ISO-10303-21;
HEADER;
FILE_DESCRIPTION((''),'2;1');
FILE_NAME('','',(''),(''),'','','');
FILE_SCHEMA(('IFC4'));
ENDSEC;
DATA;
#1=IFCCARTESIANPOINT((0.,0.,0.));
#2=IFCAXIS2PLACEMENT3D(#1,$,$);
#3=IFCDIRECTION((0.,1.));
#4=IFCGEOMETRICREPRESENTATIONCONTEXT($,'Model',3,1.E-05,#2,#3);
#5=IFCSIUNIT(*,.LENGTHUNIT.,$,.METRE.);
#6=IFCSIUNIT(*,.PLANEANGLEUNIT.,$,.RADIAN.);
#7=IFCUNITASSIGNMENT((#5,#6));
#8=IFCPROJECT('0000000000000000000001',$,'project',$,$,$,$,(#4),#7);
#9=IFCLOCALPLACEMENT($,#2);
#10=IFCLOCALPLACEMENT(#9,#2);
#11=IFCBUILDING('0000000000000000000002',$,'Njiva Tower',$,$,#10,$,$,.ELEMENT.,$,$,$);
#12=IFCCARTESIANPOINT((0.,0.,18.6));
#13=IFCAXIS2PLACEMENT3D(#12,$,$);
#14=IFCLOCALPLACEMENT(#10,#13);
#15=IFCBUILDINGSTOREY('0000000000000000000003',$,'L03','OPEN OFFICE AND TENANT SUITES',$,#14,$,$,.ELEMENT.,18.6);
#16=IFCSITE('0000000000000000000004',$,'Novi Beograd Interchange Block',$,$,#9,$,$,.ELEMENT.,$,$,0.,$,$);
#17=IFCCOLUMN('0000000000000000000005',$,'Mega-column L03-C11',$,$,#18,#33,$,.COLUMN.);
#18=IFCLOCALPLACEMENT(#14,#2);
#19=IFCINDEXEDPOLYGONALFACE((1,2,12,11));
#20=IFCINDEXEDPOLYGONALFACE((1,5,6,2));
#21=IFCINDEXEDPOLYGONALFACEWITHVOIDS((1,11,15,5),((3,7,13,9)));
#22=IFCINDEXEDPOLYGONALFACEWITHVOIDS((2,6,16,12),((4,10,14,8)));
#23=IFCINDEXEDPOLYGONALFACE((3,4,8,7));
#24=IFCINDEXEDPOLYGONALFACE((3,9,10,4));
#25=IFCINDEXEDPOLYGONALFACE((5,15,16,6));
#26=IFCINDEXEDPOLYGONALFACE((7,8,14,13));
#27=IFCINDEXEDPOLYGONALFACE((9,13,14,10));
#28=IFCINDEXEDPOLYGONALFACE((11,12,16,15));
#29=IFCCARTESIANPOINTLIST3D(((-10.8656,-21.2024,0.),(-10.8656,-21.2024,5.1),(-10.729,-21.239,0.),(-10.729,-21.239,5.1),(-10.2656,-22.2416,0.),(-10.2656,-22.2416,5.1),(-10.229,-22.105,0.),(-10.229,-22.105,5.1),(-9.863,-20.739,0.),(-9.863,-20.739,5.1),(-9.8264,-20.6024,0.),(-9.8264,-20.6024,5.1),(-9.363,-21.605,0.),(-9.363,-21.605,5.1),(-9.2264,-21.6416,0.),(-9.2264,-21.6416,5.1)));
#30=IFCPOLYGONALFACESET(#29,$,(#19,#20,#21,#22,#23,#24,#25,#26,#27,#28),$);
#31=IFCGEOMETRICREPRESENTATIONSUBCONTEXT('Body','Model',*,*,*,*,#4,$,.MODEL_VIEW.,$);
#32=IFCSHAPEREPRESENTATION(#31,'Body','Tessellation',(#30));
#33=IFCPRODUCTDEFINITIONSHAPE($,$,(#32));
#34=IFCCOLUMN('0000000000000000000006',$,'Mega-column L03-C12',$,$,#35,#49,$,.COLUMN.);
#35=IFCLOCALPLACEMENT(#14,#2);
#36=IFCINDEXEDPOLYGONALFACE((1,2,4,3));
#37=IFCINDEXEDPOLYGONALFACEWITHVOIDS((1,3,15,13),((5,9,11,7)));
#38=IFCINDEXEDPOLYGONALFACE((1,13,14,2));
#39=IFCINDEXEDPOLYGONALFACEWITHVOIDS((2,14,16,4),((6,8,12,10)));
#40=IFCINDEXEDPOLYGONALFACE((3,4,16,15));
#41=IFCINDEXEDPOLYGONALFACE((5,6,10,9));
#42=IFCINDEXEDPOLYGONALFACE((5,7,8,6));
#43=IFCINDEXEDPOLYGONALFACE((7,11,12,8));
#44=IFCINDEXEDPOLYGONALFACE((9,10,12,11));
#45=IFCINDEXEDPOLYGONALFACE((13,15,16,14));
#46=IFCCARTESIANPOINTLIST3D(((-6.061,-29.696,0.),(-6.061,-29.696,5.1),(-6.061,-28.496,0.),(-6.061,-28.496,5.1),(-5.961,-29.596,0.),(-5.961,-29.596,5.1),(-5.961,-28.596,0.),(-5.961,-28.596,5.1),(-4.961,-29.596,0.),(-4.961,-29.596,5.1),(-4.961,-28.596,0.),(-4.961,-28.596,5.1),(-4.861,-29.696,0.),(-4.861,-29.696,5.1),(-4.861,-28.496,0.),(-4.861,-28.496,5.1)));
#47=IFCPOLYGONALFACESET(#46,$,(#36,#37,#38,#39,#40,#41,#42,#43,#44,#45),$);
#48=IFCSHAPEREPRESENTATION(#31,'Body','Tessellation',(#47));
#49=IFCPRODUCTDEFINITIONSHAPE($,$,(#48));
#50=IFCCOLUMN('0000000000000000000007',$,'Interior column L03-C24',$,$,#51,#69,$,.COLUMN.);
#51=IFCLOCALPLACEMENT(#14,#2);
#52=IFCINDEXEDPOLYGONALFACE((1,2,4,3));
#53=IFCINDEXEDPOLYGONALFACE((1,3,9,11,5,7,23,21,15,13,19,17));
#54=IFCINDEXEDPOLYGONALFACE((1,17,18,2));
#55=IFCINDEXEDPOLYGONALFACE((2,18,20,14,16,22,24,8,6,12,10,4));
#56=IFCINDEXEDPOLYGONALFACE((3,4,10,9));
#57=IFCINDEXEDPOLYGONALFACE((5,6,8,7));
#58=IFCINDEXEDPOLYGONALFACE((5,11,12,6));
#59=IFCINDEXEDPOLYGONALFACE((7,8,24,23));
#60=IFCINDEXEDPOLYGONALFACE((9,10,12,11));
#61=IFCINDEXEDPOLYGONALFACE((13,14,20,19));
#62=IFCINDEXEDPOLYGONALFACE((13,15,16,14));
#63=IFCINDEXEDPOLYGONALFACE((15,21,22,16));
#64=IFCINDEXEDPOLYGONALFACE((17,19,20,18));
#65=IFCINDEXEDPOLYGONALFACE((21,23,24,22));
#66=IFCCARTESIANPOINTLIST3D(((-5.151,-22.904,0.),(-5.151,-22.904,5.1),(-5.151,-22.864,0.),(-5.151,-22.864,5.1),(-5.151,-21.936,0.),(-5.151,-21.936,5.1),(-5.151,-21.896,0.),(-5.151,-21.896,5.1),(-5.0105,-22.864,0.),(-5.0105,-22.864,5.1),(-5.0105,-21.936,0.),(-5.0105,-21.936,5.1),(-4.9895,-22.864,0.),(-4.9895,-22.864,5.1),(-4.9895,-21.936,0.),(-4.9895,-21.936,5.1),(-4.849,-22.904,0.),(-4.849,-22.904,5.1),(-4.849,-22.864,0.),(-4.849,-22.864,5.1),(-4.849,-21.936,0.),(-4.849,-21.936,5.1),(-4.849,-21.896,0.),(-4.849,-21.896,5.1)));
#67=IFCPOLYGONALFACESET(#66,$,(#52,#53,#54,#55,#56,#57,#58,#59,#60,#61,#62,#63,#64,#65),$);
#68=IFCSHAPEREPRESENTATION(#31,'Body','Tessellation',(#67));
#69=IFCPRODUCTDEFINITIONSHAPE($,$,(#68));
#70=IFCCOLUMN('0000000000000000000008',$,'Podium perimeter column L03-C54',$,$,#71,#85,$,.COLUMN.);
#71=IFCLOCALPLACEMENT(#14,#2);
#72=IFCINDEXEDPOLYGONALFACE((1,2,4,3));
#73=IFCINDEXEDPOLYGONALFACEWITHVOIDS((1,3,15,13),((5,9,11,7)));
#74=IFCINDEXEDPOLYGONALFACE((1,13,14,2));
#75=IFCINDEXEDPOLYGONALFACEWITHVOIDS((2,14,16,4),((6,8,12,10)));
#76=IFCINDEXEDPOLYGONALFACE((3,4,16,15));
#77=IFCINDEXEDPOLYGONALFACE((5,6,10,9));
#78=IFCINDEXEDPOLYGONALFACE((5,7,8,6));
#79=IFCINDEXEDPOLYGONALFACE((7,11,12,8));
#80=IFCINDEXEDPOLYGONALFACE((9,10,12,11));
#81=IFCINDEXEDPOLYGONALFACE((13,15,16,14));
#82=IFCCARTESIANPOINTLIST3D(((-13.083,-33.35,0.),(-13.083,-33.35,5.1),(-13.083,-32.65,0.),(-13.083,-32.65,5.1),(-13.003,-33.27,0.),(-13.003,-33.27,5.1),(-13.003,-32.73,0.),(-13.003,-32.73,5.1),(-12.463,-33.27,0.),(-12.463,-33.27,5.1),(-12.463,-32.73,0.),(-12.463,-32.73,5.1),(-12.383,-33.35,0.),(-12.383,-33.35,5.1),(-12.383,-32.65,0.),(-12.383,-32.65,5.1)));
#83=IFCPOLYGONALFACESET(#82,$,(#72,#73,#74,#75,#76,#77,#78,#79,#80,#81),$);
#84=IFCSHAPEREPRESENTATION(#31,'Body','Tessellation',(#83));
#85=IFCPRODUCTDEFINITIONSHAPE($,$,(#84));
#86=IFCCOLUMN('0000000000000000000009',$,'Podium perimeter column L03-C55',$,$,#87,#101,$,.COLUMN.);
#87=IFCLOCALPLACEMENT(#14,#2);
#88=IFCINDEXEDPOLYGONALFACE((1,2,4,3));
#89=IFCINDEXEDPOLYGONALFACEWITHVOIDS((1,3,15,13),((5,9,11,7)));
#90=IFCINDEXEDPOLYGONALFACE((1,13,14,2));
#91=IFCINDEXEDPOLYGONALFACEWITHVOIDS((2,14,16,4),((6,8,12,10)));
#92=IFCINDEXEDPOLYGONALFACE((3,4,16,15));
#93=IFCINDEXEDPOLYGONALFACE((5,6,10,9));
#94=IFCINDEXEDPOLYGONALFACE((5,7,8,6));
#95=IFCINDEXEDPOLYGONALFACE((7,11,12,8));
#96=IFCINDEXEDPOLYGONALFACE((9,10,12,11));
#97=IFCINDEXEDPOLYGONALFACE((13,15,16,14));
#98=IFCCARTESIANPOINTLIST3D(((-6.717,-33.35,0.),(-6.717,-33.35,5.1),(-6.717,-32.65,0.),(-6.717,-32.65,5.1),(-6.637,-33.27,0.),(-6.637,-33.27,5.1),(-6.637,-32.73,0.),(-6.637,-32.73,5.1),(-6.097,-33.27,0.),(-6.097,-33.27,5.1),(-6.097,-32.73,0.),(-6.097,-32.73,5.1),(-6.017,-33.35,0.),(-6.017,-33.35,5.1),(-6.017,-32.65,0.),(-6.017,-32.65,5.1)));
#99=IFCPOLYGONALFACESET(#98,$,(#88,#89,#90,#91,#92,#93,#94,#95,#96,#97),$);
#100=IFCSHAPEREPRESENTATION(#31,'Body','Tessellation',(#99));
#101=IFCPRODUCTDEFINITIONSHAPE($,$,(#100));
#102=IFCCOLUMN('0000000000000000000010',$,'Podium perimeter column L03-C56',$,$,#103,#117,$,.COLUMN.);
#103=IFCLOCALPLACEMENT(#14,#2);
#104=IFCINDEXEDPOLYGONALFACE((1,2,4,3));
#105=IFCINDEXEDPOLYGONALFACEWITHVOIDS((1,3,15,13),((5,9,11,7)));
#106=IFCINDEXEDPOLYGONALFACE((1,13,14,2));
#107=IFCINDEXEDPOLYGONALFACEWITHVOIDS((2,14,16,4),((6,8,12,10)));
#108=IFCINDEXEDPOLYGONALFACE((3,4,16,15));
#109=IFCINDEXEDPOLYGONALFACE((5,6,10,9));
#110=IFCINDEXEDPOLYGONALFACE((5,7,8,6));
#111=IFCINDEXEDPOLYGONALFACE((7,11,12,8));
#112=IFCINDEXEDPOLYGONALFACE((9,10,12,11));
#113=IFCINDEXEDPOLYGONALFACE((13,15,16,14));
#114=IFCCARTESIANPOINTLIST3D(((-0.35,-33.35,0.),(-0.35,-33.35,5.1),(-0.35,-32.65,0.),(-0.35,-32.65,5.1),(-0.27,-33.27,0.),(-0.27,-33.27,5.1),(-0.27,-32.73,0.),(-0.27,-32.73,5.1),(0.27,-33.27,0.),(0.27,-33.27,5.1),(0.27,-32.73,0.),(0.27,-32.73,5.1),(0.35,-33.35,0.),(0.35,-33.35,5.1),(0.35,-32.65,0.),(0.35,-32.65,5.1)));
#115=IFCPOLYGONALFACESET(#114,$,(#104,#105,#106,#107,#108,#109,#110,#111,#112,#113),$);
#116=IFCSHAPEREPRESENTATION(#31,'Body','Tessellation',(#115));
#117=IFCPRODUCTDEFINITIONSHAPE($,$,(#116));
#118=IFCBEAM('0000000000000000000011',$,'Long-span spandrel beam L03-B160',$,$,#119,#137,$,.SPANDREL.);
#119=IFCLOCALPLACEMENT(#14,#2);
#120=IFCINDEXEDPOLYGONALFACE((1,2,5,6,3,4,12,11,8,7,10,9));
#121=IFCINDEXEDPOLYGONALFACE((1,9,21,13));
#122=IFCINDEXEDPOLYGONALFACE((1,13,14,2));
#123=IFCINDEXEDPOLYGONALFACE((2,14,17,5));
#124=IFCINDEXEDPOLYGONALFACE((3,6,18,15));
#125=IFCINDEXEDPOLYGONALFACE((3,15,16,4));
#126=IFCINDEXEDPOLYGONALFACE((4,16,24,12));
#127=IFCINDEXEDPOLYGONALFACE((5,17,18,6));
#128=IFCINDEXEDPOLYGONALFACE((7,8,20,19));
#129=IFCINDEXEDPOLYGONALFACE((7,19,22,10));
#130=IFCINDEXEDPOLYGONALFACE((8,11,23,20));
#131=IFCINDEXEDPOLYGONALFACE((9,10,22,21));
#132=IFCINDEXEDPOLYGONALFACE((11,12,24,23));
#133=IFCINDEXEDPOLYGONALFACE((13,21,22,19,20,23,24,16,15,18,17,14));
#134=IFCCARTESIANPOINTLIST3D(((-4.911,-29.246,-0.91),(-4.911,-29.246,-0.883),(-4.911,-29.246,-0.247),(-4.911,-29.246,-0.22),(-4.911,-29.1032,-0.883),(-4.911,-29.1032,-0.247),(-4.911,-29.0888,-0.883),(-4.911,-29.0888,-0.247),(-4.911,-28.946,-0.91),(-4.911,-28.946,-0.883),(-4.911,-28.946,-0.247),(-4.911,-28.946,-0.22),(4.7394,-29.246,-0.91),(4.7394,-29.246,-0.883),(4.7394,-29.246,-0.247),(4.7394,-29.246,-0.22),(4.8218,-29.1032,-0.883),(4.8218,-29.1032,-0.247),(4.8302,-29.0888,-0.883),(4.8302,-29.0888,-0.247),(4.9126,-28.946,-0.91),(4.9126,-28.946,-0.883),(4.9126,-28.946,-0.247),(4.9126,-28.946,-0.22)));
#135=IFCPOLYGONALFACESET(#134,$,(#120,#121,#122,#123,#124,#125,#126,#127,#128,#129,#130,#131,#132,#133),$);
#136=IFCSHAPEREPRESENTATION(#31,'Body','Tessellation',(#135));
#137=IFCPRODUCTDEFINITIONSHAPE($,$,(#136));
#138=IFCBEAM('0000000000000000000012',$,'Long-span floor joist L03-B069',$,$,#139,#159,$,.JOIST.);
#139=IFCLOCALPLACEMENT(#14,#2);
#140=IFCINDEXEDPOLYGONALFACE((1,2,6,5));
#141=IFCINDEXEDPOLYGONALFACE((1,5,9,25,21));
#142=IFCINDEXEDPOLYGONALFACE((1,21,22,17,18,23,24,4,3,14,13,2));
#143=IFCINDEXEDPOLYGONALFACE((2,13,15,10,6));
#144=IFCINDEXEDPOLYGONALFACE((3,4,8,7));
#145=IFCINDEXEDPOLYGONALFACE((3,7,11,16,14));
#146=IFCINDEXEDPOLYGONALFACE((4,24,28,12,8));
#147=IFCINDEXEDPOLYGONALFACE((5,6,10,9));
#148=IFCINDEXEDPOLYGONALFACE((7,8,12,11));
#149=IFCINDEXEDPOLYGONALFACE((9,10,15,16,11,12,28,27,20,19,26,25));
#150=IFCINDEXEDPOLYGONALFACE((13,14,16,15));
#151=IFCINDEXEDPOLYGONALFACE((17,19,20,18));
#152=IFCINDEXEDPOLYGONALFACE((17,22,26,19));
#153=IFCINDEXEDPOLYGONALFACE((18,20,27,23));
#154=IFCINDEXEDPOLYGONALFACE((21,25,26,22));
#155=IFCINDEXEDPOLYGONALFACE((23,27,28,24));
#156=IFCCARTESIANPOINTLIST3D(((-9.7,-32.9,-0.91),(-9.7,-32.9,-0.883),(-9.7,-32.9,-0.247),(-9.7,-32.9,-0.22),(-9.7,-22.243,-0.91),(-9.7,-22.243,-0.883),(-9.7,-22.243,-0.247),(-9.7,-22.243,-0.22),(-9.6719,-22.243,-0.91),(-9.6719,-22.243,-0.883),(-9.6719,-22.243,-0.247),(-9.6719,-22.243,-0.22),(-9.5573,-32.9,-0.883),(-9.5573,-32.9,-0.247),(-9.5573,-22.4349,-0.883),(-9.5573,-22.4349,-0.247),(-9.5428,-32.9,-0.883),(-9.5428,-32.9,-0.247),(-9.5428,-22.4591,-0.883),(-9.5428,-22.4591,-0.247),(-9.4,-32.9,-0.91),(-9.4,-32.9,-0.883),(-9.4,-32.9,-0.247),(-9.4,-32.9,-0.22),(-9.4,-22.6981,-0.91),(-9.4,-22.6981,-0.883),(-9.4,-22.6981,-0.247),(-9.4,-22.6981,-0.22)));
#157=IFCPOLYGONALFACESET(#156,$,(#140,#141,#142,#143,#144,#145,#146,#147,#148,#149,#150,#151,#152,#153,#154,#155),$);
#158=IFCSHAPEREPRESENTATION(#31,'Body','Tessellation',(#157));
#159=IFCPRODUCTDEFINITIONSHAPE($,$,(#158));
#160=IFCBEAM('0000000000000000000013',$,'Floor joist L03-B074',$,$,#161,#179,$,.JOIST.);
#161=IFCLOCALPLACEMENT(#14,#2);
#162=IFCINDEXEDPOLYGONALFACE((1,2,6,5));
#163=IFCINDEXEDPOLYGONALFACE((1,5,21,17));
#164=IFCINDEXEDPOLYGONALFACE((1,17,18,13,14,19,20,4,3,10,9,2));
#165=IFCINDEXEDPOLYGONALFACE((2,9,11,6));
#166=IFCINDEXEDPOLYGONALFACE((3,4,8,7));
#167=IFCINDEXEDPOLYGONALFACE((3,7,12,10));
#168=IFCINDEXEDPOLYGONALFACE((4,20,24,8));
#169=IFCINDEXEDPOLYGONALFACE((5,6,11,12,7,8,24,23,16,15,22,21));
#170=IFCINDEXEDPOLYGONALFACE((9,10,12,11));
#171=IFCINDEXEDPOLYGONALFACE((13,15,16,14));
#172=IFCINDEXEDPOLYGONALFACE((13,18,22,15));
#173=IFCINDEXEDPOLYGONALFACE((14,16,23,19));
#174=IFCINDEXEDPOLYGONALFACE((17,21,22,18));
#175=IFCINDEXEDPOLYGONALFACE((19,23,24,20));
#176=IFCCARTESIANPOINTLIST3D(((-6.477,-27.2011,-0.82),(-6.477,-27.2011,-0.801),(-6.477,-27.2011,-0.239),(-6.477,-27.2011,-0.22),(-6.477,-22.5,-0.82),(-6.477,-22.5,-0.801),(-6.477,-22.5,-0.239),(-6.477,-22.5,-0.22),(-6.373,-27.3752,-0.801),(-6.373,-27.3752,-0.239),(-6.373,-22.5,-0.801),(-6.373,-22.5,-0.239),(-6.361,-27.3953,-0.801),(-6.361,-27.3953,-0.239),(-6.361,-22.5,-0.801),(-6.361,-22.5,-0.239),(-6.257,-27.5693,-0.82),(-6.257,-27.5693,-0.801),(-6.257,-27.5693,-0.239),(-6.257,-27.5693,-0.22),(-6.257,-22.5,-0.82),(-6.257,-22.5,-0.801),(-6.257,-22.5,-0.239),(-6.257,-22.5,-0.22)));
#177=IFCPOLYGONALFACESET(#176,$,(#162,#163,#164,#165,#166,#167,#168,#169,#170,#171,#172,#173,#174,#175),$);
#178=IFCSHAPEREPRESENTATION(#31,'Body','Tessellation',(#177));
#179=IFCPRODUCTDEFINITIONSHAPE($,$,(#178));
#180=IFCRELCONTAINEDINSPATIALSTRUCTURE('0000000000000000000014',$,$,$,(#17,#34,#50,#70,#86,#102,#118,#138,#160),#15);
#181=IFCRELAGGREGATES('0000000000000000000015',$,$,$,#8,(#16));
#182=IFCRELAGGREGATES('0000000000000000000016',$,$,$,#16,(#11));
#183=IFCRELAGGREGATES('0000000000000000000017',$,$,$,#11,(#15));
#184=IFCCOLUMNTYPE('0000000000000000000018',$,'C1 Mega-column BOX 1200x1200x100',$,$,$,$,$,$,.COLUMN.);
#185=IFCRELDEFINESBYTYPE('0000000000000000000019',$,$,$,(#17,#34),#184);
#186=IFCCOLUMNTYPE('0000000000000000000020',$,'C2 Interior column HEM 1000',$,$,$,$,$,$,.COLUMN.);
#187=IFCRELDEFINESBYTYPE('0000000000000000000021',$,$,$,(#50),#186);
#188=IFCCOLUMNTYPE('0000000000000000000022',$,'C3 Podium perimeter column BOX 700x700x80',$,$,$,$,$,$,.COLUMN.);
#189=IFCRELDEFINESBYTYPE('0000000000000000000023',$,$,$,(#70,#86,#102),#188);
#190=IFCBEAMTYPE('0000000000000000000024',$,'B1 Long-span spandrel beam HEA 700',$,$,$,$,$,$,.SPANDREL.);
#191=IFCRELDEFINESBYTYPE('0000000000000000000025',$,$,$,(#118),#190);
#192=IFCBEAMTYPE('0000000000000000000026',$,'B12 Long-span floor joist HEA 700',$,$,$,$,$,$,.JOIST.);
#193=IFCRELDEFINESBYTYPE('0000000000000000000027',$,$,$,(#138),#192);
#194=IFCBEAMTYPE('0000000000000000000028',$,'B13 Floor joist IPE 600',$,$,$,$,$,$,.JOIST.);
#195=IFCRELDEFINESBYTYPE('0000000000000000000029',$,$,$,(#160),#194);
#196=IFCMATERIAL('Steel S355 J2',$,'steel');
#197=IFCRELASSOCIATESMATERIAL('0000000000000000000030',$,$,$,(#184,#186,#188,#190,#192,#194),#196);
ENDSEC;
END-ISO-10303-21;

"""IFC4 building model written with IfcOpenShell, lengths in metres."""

from ifc_helpers import new_model, si_unit, direction, frame, origin, origin_2d, place, context, subcontext, project, spatial, hollow_rectangle, i_section, extrude, clip, halfspace, material, material_profile, profile_set, type_object, element, save


model = new_model("IFC4")

# Units and contexts
model_context = context("Model", 3, precision=1e-05, world=origin(), true_north=direction((0.0, 1.0)))
body_context = subcontext(model_context, "Body", "Model", "MODEL_VIEW")
ifc_project = project(units=[si_unit("LENGTHUNIT", "METRE"), si_unit("PLANEANGLEUNIT", "RADIAN")], contexts=[model_context])

# Site, building, storey
site_placement = place(None, origin())
site = spatial("IfcSite", under=ifc_project, at=site_placement, Name="Novi Beograd Interchange Block", CompositionType="ELEMENT", RefElevation=0.0)
building_placement = place(site_placement, origin())
building = spatial("IfcBuilding", under=site, at=building_placement, Name="Njiva Tower", CompositionType="ELEMENT")
storey_placement = place(building_placement, frame((0.0, 0.0, 18.6)))
storey = spatial("IfcBuildingStorey", under=building, at=storey_placement, Name="L03", Description="OPEN OFFICE AND TENANT SUITES", CompositionType="ELEMENT", Elevation=18.6)

# Columns
ifc_material_1 = material(Name="Steel S355 J2", Category="steel")
ifc_material_profile_1 = material_profile(ifc_material_1, hollow_rectangle(XDim=1.2, YDim=1.2, WallThickness=0.1, at=origin_2d()), Name="BOX 1200x1200x100")
ifc_profile_set_1 = profile_set([ifc_material_profile_1], Name="Steel S355 J2")
column_type_1 = type_object("IfcColumnType", Name="C1 Mega-column BOX 1200x1200x100", PredefinedType="COLUMN", material=ifc_profile_set_1)
for number, where, z_axis, x_axis, name in (
    (1, (-10.046, -21.422, 0.0), (0.0, 0.0, 1.0), (0.5, -0.866025, 0.0), "Mega-column L03-C11"),
    (2, (-5.461, -29.096, 0.0), (0.0, 0.0, 1.0), (1.0, 0.0, 0.0), "Mega-column L03-C12"),
):
    element("IfcColumn", number, at=place(storey_placement, frame(where, z_axis=z_axis, x_axis=x_axis)), inside=storey, type_object=column_type_1, Name=name, PredefinedType="COLUMN", context=body_context, shape_type="SweptSolid", body=[
        extrude(hollow_rectangle(XDim=1.2, YDim=1.2, WallThickness=0.1, at=origin_2d()), origin(), (0.0, 0.0, 1.0), 5.1),
    ])
ifc_material_profile_2 = material_profile(ifc_material_1, i_section(OverallWidth=0.302, OverallDepth=1.008, WebThickness=0.021, FlangeThickness=0.04, at=origin_2d()), Name="HEM 1000")
ifc_profile_set_2 = profile_set([ifc_material_profile_2], Name="Steel S355 J2")
column_type_2 = type_object("IfcColumnType", Name="C2 Interior column HEM 1000", PredefinedType="COLUMN", material=ifc_profile_set_2)
column_placement = place(storey_placement, frame((-5.0, -22.4, 0.0), z_axis=(0.0, 0.0, 1.0), x_axis=(1.0, 0.0, 0.0)))
element("IfcColumn", 3, at=column_placement, inside=storey, type_object=column_type_2, Name="Interior column L03-C24", PredefinedType="COLUMN", context=body_context, shape_type="SweptSolid", body=[
    extrude(i_section(OverallWidth=0.302, OverallDepth=1.008, WebThickness=0.021, FlangeThickness=0.04, at=origin_2d()), origin(), (0.0, 0.0, 1.0), 5.1),
])
ifc_material_profile_3 = material_profile(ifc_material_1, hollow_rectangle(XDim=0.7, YDim=0.7, WallThickness=0.08, at=origin_2d()), Name="BOX 700x700x80")
ifc_profile_set_3 = profile_set([ifc_material_profile_3], Name="Steel S355 J2")
column_type_3 = type_object("IfcColumnType", Name="C3 Podium perimeter column BOX 700x700x80", PredefinedType="COLUMN", material=ifc_profile_set_3)
for number, where, z_axis, x_axis, name in (
    (4, (-12.733, -33.0, 0.0), (0.0, 0.0, 1.0), (1.0, 0.0, 0.0), "Podium perimeter column L03-C54"),
    (5, (-6.367, -33.0, 0.0), (0.0, 0.0, 1.0), (1.0, 0.0, 0.0), "Podium perimeter column L03-C55"),
    (6, (0.0, -33.0, 0.0), (0.0, 0.0, 1.0), (1.0, 0.0, 0.0), "Podium perimeter column L03-C56"),
):
    element("IfcColumn", number, at=place(storey_placement, frame(where, z_axis=z_axis, x_axis=x_axis)), inside=storey, type_object=column_type_3, Name=name, PredefinedType="COLUMN", context=body_context, shape_type="SweptSolid", body=[
        extrude(hollow_rectangle(XDim=0.7, YDim=0.7, WallThickness=0.08, at=origin_2d()), origin(), (0.0, 0.0, 1.0), 5.1),
    ])

# Beams
ifc_material_profile_4 = material_profile(ifc_material_1, i_section(OverallWidth=0.3, OverallDepth=0.69, WebThickness=0.0145, FlangeThickness=0.027, at=origin_2d()), Name="HEA 700")
ifc_profile_set_4 = profile_set([ifc_material_profile_4], Name="Steel S355 J2")
beam_type_1 = type_object("IfcBeamType", Name="B1 Long-span spandrel beam HEA 700", PredefinedType="SPANDREL", material=ifc_profile_set_4)
beam_1_placement = place(storey_placement, frame((-4.911, -29.096, -0.565), z_axis=(1.0, 0.0, 0.0), x_axis=(0.0, 1.0, 0.0)))
element("IfcBeam", 7, at=beam_1_placement, inside=storey, type_object=beam_type_1, Name="Long-span spandrel beam L03-B160", PredefinedType="SPANDREL", context=body_context, shape_type="Clipping", body=[
    clip(extrude(i_section(OverallWidth=0.3, OverallDepth=0.69, WebThickness=0.0145, FlangeThickness=0.027, at=origin_2d()), origin(), (0.0, 0.0, 1.0), 9.844), halfspace(frame((-0.0254, 0.0, 9.7223), z_axis=(-0.499998, 0.0, 0.866027), x_axis=(0.0, 1.0, 0.0)), False)),
])
ifc_material_profile_5 = material_profile(ifc_material_1, i_section(OverallWidth=0.3, OverallDepth=0.69, WebThickness=0.0145, FlangeThickness=0.027, at=origin_2d()), Name="HEA 700")
ifc_profile_set_5 = profile_set([ifc_material_profile_5], Name="Steel S355 J2")
beam_type_2 = type_object("IfcBeamType", Name="B12 Long-span floor joist HEA 700", PredefinedType="JOIST", material=ifc_profile_set_5)
beam_2_placement = place(storey_placement, frame((-9.55, -22.243, -0.565), z_axis=(0.0, -1.0, 0.0), x_axis=(1.0, 0.0, 0.0)))
element("IfcBeam", 8, at=beam_2_placement, inside=storey, type_object=beam_type_2, Name="Long-span floor joist L03-B069", PredefinedType="JOIST", context=body_context, shape_type="Clipping", body=[
    clip(extrude(i_section(OverallWidth=0.3, OverallDepth=0.69, WebThickness=0.0145, FlangeThickness=0.027, at=origin_2d()), origin(), (0.0, 0.0, 1.0), 10.657), halfspace(frame((0.0429, 0.0, 0.2758), z_axis=(0.858483, 0.0, -0.512842), x_axis=(0.0, -1.0, 0.0)), False)),
])
ifc_material_profile_6 = material_profile(ifc_material_1, i_section(OverallWidth=0.22, OverallDepth=0.6, WebThickness=0.012, FlangeThickness=0.019, at=origin_2d()), Name="IPE 600")
ifc_profile_set_6 = profile_set([ifc_material_profile_6], Name="Steel S355 J2")
beam_type_3 = type_object("IfcBeamType", Name="B13 Floor joist IPE 600", PredefinedType="JOIST", material=ifc_profile_set_6)
beam_3_placement = place(storey_placement, frame((-6.367, -22.5, -0.52), z_axis=(0.0, -1.0, 0.0), x_axis=(1.0, 0.0, 0.0)))
element("IfcBeam", 9, at=beam_3_placement, inside=storey, type_object=beam_type_3, Name="Floor joist L03-B074", PredefinedType="JOIST", context=body_context, shape_type="Clipping", body=[
    clip(extrude(i_section(OverallWidth=0.22, OverallDepth=0.6, WebThickness=0.012, FlangeThickness=0.019, at=origin_2d()), origin(), (0.0, 0.0, 1.0), 5.09), halfspace(frame((-0.0426, 0.0, 4.8139), z_axis=(-0.858483, 0.0, 0.512842), x_axis=(0.0, 1.0, 0.0)), False)),
])

save(model, "model.ifc")
